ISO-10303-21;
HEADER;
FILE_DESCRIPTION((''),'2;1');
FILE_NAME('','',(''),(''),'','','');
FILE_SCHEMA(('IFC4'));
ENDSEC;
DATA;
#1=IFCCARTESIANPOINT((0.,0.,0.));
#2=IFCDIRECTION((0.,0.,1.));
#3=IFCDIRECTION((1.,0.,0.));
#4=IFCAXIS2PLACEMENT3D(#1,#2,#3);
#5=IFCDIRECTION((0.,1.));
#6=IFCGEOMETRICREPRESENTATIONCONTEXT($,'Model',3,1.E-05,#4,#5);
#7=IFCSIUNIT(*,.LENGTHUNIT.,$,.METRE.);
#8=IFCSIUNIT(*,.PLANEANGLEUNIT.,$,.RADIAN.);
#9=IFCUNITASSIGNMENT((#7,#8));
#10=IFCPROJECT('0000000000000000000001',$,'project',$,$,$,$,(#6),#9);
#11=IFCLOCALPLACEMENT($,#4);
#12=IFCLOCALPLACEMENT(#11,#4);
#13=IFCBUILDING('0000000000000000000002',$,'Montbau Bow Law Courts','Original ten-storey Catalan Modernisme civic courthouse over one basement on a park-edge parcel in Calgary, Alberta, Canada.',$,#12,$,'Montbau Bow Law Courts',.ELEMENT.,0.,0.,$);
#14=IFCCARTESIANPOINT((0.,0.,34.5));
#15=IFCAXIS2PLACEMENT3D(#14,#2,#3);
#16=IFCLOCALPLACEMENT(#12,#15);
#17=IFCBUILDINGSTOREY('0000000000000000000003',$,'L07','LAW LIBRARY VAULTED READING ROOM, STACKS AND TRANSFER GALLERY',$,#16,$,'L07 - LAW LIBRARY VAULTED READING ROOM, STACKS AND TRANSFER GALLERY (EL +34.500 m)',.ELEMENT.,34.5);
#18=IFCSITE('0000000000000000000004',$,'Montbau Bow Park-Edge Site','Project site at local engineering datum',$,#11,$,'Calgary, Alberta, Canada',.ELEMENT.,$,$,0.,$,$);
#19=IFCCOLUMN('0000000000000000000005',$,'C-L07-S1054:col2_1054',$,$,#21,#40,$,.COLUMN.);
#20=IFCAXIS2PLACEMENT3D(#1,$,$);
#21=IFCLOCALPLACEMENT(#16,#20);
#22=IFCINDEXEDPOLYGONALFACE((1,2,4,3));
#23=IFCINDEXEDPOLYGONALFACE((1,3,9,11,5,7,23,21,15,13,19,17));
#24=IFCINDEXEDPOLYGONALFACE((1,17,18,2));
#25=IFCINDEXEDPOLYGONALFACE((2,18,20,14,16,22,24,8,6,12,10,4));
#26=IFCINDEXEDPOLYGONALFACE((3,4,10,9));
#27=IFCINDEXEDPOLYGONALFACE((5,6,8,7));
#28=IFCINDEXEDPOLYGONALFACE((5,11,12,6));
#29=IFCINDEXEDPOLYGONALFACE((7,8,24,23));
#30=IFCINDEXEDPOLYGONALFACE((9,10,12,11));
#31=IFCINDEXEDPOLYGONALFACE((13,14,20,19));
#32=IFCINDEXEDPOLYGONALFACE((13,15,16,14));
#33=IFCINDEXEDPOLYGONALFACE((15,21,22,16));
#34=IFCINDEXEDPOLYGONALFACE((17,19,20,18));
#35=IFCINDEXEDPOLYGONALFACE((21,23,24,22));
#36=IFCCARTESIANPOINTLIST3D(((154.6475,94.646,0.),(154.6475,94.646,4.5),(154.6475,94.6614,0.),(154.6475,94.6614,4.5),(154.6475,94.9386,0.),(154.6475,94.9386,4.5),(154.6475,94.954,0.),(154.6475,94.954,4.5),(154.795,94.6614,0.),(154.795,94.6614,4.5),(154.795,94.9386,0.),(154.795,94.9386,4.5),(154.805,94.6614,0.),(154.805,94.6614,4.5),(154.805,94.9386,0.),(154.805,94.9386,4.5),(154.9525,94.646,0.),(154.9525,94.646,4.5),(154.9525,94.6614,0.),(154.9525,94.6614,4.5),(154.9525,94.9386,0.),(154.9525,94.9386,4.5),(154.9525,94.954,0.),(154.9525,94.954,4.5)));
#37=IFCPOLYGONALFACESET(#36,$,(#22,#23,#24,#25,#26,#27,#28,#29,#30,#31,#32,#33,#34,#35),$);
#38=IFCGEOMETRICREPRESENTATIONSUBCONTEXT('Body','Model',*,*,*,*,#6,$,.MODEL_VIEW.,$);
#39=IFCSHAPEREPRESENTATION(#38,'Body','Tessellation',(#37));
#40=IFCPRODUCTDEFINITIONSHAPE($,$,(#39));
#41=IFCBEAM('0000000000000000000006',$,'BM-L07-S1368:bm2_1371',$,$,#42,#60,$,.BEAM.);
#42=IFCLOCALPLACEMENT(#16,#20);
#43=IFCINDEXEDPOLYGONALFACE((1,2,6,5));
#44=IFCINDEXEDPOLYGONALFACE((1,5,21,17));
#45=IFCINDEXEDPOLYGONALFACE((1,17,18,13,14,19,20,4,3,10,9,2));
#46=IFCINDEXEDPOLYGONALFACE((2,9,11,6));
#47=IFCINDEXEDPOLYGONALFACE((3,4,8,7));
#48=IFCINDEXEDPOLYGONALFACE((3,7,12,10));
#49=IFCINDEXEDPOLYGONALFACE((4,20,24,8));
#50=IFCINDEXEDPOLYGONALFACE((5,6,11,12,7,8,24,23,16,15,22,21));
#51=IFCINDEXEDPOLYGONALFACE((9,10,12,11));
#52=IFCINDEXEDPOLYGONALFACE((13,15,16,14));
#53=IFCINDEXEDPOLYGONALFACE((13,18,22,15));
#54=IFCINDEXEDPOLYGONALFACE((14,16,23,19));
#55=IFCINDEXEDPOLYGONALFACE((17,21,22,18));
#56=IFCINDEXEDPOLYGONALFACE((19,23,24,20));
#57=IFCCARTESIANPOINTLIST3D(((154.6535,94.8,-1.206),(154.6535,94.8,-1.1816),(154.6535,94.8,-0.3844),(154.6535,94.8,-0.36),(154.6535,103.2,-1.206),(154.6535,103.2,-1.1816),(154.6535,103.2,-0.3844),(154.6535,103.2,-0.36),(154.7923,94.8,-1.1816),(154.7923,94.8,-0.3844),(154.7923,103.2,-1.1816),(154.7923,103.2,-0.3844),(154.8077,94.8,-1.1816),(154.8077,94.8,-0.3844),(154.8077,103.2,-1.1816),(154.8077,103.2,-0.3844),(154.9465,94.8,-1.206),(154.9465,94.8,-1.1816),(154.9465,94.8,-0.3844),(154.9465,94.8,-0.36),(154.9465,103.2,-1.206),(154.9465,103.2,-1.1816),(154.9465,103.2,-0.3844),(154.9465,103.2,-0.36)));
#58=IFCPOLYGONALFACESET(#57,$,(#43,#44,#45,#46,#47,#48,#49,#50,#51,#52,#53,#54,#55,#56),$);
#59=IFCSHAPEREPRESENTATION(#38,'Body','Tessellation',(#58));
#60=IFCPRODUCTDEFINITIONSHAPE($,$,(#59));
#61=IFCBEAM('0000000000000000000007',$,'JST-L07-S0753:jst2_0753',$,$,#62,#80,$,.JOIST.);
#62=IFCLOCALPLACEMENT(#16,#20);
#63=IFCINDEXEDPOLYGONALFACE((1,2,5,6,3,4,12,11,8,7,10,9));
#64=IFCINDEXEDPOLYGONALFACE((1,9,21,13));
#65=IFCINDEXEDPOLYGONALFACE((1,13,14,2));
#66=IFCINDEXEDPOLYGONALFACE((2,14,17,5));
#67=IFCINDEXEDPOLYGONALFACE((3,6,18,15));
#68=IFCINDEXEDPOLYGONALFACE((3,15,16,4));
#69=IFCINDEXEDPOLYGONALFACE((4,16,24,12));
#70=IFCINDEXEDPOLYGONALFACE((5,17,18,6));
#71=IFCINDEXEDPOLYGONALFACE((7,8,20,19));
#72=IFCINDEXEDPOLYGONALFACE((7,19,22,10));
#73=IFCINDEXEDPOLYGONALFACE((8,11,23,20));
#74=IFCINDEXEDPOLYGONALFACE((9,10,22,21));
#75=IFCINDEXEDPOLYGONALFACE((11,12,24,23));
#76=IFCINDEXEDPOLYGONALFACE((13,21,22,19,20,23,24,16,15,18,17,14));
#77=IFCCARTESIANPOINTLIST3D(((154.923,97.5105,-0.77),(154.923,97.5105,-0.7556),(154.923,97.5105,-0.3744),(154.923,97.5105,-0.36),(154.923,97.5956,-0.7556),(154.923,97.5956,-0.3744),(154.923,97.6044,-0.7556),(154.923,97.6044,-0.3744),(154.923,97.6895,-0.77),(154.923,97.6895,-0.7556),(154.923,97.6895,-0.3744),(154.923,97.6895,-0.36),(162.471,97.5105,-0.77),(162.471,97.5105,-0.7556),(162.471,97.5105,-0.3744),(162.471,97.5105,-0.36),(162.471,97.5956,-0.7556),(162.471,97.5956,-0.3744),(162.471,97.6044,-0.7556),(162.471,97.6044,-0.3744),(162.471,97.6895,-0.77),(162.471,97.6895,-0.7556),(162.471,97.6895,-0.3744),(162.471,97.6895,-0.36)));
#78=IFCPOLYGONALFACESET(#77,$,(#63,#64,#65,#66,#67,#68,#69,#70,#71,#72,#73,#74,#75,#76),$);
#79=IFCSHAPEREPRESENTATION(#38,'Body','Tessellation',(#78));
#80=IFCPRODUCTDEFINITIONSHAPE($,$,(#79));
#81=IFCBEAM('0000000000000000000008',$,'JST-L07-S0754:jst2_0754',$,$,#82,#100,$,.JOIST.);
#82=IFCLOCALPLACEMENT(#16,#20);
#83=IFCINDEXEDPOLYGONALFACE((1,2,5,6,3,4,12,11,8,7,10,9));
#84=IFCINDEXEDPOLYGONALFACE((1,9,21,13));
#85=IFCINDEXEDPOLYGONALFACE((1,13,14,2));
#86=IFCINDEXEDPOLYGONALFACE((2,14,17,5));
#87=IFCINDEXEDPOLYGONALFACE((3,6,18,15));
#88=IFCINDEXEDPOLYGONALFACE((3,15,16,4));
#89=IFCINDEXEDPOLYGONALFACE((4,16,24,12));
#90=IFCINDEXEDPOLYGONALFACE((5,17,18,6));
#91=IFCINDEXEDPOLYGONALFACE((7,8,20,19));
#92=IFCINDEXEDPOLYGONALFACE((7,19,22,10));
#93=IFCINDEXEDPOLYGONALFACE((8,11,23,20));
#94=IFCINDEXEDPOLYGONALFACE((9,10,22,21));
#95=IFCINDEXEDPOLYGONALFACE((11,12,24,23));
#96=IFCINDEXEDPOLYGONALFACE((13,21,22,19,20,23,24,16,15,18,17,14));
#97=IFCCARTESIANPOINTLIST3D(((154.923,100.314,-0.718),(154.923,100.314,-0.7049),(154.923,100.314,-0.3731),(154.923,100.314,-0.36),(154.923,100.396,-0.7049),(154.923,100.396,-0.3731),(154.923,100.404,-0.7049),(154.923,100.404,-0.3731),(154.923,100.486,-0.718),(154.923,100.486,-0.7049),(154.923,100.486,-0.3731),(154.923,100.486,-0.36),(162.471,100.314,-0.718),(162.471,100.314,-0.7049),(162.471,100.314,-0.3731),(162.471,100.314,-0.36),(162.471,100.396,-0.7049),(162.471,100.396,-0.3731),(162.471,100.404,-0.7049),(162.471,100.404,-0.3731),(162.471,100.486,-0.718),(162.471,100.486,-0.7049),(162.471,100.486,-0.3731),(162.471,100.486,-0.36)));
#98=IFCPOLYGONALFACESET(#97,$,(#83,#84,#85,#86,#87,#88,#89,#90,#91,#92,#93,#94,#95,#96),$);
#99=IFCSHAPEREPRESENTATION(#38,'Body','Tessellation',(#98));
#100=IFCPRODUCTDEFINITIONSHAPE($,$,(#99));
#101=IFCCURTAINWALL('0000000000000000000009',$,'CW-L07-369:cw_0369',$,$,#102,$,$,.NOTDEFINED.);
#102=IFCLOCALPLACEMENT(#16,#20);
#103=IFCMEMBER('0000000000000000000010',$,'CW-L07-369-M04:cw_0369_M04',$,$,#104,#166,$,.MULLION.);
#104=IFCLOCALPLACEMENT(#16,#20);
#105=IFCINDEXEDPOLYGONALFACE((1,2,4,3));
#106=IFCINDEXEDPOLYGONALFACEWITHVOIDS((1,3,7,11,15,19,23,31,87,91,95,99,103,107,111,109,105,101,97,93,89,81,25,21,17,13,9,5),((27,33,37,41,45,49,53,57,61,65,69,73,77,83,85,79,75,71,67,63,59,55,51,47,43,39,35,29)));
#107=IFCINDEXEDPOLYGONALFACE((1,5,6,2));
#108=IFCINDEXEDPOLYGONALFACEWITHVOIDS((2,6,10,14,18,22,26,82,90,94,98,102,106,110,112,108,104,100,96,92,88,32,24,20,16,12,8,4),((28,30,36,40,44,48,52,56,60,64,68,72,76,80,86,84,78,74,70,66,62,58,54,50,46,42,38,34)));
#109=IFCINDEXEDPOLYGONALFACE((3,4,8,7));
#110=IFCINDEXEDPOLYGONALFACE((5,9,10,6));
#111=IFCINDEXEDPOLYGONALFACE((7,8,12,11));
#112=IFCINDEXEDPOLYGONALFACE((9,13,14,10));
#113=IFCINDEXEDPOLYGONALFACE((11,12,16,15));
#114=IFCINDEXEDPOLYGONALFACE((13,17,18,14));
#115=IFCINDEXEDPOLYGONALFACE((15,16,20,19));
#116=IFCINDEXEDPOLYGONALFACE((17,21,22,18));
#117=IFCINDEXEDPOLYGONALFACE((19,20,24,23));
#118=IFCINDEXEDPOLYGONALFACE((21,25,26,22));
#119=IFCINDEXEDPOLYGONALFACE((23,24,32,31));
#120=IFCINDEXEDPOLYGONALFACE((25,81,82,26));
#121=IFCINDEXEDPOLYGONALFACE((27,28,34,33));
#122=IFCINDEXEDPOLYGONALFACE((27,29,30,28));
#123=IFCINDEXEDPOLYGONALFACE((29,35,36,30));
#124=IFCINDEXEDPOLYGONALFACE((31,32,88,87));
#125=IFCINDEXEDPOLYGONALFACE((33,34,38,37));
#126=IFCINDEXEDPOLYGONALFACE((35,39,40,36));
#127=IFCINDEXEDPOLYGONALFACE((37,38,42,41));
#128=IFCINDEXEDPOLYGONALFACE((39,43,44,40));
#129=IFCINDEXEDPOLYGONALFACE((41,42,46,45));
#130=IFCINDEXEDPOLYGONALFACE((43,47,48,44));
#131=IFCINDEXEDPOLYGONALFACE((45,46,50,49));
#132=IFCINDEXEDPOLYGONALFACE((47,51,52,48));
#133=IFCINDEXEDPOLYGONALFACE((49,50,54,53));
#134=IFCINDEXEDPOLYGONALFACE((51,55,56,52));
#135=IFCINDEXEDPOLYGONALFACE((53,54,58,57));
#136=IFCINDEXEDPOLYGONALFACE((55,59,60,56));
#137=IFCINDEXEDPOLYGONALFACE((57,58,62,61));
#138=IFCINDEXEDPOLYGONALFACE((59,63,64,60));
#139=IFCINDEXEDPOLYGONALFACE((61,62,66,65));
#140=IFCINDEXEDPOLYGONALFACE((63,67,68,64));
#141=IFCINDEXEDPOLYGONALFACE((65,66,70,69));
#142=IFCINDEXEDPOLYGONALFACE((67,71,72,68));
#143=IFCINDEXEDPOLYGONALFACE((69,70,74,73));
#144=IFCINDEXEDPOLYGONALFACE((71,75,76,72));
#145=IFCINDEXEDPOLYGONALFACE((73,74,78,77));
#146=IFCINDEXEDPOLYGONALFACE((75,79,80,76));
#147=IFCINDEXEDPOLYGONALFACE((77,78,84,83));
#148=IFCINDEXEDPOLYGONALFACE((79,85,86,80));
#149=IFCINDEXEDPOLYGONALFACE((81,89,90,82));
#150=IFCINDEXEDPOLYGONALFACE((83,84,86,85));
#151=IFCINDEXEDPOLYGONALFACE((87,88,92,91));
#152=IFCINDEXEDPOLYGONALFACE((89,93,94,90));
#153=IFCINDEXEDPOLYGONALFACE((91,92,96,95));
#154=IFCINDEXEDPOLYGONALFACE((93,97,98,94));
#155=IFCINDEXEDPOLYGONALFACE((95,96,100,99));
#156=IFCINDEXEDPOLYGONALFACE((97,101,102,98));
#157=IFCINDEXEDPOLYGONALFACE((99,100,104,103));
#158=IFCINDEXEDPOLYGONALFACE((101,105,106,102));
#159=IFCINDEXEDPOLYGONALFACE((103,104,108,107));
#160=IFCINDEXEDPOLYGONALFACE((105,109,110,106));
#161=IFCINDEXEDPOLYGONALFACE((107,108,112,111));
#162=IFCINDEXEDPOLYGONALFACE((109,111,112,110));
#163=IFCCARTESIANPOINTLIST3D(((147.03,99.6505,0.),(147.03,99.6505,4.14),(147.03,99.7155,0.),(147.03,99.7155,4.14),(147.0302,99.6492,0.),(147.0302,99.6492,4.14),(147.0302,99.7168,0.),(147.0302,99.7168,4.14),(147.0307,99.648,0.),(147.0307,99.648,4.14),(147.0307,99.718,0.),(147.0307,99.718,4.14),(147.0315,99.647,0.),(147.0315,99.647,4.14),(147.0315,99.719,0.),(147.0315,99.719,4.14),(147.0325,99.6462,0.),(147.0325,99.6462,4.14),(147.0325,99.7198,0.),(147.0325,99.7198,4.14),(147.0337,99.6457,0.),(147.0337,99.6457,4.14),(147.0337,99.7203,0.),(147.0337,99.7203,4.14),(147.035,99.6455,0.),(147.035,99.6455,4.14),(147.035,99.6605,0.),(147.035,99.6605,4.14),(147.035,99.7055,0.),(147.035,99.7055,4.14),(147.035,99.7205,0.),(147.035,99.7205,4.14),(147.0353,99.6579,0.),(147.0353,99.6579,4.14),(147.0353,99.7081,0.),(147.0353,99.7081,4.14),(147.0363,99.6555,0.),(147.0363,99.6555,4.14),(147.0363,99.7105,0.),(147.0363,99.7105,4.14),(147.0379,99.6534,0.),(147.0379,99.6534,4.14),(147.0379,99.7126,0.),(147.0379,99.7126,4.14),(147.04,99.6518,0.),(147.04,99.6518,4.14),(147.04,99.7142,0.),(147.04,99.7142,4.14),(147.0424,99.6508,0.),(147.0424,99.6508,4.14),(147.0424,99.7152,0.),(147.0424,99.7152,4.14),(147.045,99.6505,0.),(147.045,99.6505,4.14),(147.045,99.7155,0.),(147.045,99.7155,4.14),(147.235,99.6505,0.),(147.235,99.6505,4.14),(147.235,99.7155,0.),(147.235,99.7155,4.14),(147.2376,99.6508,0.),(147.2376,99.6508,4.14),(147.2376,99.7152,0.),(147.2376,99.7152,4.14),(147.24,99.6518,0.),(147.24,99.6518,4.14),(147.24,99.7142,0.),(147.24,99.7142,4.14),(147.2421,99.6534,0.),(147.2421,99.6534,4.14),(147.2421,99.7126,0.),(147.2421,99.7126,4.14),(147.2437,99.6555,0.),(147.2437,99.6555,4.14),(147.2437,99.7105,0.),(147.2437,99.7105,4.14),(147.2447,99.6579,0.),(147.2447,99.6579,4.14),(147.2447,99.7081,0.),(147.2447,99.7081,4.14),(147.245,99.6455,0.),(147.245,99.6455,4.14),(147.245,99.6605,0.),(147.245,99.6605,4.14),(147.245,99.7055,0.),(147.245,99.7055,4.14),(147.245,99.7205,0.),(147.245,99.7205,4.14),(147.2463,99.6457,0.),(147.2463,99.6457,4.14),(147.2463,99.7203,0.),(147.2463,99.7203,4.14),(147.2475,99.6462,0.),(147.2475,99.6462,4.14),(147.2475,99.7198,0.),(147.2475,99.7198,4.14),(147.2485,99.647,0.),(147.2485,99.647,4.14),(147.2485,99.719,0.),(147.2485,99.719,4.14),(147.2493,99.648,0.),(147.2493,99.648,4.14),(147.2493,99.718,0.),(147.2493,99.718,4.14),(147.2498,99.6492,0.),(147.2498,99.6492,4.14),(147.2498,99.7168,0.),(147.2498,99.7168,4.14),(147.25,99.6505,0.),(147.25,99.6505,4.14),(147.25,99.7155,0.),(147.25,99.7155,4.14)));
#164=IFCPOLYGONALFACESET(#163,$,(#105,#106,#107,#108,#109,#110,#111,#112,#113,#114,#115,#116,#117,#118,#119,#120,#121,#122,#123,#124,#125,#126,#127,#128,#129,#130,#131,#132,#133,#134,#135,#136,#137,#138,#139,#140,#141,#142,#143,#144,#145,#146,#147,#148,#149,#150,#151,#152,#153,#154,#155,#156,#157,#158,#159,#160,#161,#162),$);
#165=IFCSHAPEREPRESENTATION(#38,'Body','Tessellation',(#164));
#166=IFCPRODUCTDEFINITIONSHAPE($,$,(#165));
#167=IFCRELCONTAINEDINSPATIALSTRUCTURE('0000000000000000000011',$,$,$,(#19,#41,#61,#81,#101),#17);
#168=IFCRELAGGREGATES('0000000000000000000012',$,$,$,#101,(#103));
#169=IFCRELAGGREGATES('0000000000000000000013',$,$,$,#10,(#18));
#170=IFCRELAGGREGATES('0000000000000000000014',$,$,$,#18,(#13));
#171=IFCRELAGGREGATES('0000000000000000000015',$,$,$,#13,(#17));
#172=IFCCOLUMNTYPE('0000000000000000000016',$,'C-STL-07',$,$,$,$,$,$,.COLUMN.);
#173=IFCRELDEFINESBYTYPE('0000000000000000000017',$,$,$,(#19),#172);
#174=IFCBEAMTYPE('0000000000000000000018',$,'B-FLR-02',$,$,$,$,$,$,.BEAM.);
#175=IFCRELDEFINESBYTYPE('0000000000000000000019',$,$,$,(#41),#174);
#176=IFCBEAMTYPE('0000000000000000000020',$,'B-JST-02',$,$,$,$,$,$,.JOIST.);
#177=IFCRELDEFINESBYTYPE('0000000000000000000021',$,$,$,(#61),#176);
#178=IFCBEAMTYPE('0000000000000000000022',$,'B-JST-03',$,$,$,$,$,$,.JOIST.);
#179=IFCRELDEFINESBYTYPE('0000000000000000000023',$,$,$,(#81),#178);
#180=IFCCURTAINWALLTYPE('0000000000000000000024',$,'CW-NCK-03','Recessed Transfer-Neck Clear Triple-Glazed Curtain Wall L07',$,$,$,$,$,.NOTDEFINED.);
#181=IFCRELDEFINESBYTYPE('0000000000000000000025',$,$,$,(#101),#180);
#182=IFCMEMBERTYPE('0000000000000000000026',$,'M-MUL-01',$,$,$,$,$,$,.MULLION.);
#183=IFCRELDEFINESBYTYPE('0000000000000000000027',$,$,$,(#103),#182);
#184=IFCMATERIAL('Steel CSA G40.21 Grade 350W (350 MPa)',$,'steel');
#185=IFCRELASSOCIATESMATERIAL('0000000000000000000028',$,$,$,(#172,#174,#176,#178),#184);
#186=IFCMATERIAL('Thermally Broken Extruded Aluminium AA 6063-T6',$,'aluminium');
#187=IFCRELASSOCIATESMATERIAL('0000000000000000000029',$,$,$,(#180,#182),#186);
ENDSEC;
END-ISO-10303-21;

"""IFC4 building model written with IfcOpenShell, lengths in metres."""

from ifc_helpers import new_model, si_unit, direction, frame, origin_with_axes, origin_2d_with_axis, place, context, subcontext, project, spatial, hollow_rectangle, i_section, extrude, material, material_profile, profile_set, type_object, element, aggregate, save


model = new_model("IFC4")

# Units and contexts
model_context = context("Model", 3, precision=1e-05, world=origin_with_axes(), true_north=direction((0.0, 1.0)))
body_context = subcontext(model_context, "Body", "Model", "MODEL_VIEW")
ifc_project = project(units=[si_unit("LENGTHUNIT", "METRE"), si_unit("PLANEANGLEUNIT", "RADIAN")], contexts=[model_context])

# Site, building, storey
site_placement = place(None, origin_with_axes())
site = spatial("IfcSite", under=ifc_project, at=site_placement, Name="Montbau Bow Park-Edge Site", Description="Project site at local engineering datum", LongName="Calgary, Alberta, Canada", CompositionType="ELEMENT", RefElevation=0.0)
building_placement = place(site_placement, origin_with_axes())
building = spatial("IfcBuilding", under=site, at=building_placement, Name="Montbau Bow Law Courts", Description="Original ten-storey Catalan Modernisme civic courthouse over one basement on a park-edge parcel in Calgary, Alberta, Canada.", LongName="Montbau Bow Law Courts", CompositionType="ELEMENT", ElevationOfRefHeight=0.0, ElevationOfTerrain=0.0)
storey_placement = place(building_placement, frame((0.0, 0.0, 34.5), z_axis=(0.0, 0.0, 1.0), x_axis=(1.0, 0.0, 0.0)))
storey = spatial("IfcBuildingStorey", under=building, at=storey_placement, Name="L07", Description="LAW LIBRARY VAULTED READING ROOM, STACKS AND TRANSFER GALLERY", LongName="L07 - LAW LIBRARY VAULTED READING ROOM, STACKS AND TRANSFER GALLERY (EL +34.500 m)", CompositionType="ELEMENT", Elevation=34.5)

# Column
ifc_material_1 = material(Name="Steel CSA G40.21 Grade 350W (350 MPa)", Category="steel")
ifc_material_profile_1 = material_profile(ifc_material_1, i_section(OverallWidth=0.305, OverallDepth=0.308, WebThickness=0.0099, FlangeThickness=0.0154, at=origin_2d_with_axis()), Name="W310X97", Category="Main", Priority=0)
ifc_profile_set_1 = profile_set([ifc_material_profile_1], Name="Steel CSA G40.21 Grade 350W (350 MPa)")
column_type = type_object("IfcColumnType", Name="C-STL-07", PredefinedType="COLUMN", material=ifc_profile_set_1)
column_placement = place(None, frame((154.8, 94.8, 34.5), z_axis=(0.0, 0.0, 1.0), x_axis=(1.0, 0.0, 0.0)))
element("IfcColumn", 1, at=column_placement, inside=storey, type_object=column_type, Name="C-L07-S1054:col2_1054", PredefinedType="COLUMN", context=body_context, shape_type="SweptSolid", body=[
    extrude(i_section(OverallWidth=0.305, OverallDepth=0.308, WebThickness=0.0099, FlangeThickness=0.0154, at=origin_2d_with_axis()), origin_with_axes(), (0.0, 0.0, 1.0), 4.5),
])

# Beams
ifc_material_profile_2 = material_profile(ifc_material_1, i_section(OverallWidth=0.293, OverallDepth=0.846, WebThickness=0.0154, FlangeThickness=0.0244, at=origin_2d_with_axis()), Name="W840X210", Category="Main", Priority=0)
ifc_profile_set_2 = profile_set([ifc_material_profile_2], Name="Steel CSA G40.21 Grade 350W (350 MPa)")
beam_type_1 = type_object("IfcBeamType", Name="B-FLR-02", PredefinedType="BEAM", material=ifc_profile_set_2)
beam_1_placement = place(None, frame((154.8, 94.8, 33.717), z_axis=(0.0, 1.0, 0.0), x_axis=(-1.0, 0.0, 0.0)))
element("IfcBeam", 2, at=beam_1_placement, inside=storey, type_object=beam_type_1, Name="BM-L07-S1368:bm2_1371", PredefinedType="BEAM", context=body_context, shape_type="SweptSolid", body=[
    extrude(i_section(OverallWidth=0.293, OverallDepth=0.846, WebThickness=0.0154, FlangeThickness=0.0244, at=origin_2d_with_axis()), origin_with_axes(), (0.0, 0.0, 1.0), 8.4),
])
ifc_material_profile_3 = material_profile(ifc_material_1, i_section(OverallWidth=0.179, OverallDepth=0.41, WebThickness=0.0088, FlangeThickness=0.0144, at=origin_2d_with_axis()), Name="W410X67", Category="Main", Priority=0)
ifc_profile_set_3 = profile_set([ifc_material_profile_3], Name="Steel CSA G40.21 Grade 350W (350 MPa)")
beam_type_2 = type_object("IfcBeamType", Name="B-JST-02", PredefinedType="JOIST", material=ifc_profile_set_3)
beam_2_placement = place(None, frame((154.923, 97.6, 33.935), z_axis=(1.0, 0.0, 0.0), x_axis=(0.0, 1.0, 0.0)))
element("IfcBeam", 3, at=beam_2_placement, inside=storey, type_object=beam_type_2, Name="JST-L07-S0753:jst2_0753", PredefinedType="JOIST", context=body_context, shape_type="SweptSolid", body=[
    extrude(i_section(OverallWidth=0.179, OverallDepth=0.41, WebThickness=0.0088, FlangeThickness=0.0144, at=origin_2d_with_axis()), origin_with_axes(), (0.0, 0.0, 1.0), 7.548),
])
ifc_material_profile_4 = material_profile(ifc_material_1, i_section(OverallWidth=0.172, OverallDepth=0.358, WebThickness=0.0079, FlangeThickness=0.0131, at=origin_2d_with_axis()), Name="W360X57", Category="Main", Priority=0)
ifc_profile_set_4 = profile_set([ifc_material_profile_4], Name="Steel CSA G40.21 Grade 350W (350 MPa)")
beam_type_3 = type_object("IfcBeamType", Name="B-JST-03", PredefinedType="JOIST", material=ifc_profile_set_4)
beam_3_placement = place(None, frame((154.923, 100.4, 33.961), z_axis=(1.0, 0.0, 0.0), x_axis=(0.0, 1.0, 0.0)))
element("IfcBeam", 4, at=beam_3_placement, inside=storey, type_object=beam_type_3, Name="JST-L07-S0754:jst2_0754", PredefinedType="JOIST", context=body_context, shape_type="SweptSolid", body=[
    extrude(i_section(OverallWidth=0.172, OverallDepth=0.358, WebThickness=0.0079, FlangeThickness=0.0131, at=origin_2d_with_axis()), origin_with_axes(), (0.0, 0.0, 1.0), 7.548),
])

# Curtain wall, member
ifc_material_2 = material(Name="Thermally Broken Extruded Aluminium AA 6063-T6", Category="aluminium")
curtain_wall_type = type_object("IfcCurtainWallType", Name="CW-NCK-03", Description="Recessed Transfer-Neck Clear Triple-Glazed Curtain Wall L07", PredefinedType="NOTDEFINED", material=ifc_material_2)
curtain_wall_placement = place(None, frame((147.14, 95.067, 34.5), z_axis=(0.0, 0.0, 1.0), x_axis=(1.0, 0.0, 0.0)))
curtain_wall = element("IfcCurtainWall", 5, at=curtain_wall_placement, inside=storey, type_object=curtain_wall_type, Name="CW-L07-369:cw_0369", PredefinedType="NOTDEFINED")
ifc_material_profile_5 = material_profile(ifc_material_2, hollow_rectangle(XDim=0.075, YDim=0.22, WallThickness=0.005, InnerFilletRadius=0.01, OuterFilletRadius=0.005, at=origin_2d_with_axis()), Name="CWM-220X75", Category="Main", Priority=0)
ifc_profile_set_5 = profile_set([ifc_material_profile_5], Name="Thermally Broken Extruded Aluminium AA 6063-T6")
member_type_1 = type_object("IfcMemberType", Name="M-MUL-01", PredefinedType="MULLION", material=ifc_profile_set_5)
member_1_placement = place(None, frame((147.14, 99.683, 34.5), z_axis=(0.0, 0.0, 1.0), x_axis=(0.0, 1.0, 0.0)))
member_1 = element("IfcMember", 6, at=member_1_placement, type_object=member_type_1, Name="CW-L07-369-M04:cw_0369_M04", PredefinedType="MULLION", context=body_context, shape_type="SweptSolid", body=[
    extrude(hollow_rectangle(XDim=0.075, YDim=0.22, WallThickness=0.005, InnerFilletRadius=0.01, OuterFilletRadius=0.005, at=origin_2d_with_axis()), origin_with_axes(), (0.0, 0.0, 1.0), 4.14),
])
aggregate(curtain_wall, [member_1])

save(model, "model.ifc")
